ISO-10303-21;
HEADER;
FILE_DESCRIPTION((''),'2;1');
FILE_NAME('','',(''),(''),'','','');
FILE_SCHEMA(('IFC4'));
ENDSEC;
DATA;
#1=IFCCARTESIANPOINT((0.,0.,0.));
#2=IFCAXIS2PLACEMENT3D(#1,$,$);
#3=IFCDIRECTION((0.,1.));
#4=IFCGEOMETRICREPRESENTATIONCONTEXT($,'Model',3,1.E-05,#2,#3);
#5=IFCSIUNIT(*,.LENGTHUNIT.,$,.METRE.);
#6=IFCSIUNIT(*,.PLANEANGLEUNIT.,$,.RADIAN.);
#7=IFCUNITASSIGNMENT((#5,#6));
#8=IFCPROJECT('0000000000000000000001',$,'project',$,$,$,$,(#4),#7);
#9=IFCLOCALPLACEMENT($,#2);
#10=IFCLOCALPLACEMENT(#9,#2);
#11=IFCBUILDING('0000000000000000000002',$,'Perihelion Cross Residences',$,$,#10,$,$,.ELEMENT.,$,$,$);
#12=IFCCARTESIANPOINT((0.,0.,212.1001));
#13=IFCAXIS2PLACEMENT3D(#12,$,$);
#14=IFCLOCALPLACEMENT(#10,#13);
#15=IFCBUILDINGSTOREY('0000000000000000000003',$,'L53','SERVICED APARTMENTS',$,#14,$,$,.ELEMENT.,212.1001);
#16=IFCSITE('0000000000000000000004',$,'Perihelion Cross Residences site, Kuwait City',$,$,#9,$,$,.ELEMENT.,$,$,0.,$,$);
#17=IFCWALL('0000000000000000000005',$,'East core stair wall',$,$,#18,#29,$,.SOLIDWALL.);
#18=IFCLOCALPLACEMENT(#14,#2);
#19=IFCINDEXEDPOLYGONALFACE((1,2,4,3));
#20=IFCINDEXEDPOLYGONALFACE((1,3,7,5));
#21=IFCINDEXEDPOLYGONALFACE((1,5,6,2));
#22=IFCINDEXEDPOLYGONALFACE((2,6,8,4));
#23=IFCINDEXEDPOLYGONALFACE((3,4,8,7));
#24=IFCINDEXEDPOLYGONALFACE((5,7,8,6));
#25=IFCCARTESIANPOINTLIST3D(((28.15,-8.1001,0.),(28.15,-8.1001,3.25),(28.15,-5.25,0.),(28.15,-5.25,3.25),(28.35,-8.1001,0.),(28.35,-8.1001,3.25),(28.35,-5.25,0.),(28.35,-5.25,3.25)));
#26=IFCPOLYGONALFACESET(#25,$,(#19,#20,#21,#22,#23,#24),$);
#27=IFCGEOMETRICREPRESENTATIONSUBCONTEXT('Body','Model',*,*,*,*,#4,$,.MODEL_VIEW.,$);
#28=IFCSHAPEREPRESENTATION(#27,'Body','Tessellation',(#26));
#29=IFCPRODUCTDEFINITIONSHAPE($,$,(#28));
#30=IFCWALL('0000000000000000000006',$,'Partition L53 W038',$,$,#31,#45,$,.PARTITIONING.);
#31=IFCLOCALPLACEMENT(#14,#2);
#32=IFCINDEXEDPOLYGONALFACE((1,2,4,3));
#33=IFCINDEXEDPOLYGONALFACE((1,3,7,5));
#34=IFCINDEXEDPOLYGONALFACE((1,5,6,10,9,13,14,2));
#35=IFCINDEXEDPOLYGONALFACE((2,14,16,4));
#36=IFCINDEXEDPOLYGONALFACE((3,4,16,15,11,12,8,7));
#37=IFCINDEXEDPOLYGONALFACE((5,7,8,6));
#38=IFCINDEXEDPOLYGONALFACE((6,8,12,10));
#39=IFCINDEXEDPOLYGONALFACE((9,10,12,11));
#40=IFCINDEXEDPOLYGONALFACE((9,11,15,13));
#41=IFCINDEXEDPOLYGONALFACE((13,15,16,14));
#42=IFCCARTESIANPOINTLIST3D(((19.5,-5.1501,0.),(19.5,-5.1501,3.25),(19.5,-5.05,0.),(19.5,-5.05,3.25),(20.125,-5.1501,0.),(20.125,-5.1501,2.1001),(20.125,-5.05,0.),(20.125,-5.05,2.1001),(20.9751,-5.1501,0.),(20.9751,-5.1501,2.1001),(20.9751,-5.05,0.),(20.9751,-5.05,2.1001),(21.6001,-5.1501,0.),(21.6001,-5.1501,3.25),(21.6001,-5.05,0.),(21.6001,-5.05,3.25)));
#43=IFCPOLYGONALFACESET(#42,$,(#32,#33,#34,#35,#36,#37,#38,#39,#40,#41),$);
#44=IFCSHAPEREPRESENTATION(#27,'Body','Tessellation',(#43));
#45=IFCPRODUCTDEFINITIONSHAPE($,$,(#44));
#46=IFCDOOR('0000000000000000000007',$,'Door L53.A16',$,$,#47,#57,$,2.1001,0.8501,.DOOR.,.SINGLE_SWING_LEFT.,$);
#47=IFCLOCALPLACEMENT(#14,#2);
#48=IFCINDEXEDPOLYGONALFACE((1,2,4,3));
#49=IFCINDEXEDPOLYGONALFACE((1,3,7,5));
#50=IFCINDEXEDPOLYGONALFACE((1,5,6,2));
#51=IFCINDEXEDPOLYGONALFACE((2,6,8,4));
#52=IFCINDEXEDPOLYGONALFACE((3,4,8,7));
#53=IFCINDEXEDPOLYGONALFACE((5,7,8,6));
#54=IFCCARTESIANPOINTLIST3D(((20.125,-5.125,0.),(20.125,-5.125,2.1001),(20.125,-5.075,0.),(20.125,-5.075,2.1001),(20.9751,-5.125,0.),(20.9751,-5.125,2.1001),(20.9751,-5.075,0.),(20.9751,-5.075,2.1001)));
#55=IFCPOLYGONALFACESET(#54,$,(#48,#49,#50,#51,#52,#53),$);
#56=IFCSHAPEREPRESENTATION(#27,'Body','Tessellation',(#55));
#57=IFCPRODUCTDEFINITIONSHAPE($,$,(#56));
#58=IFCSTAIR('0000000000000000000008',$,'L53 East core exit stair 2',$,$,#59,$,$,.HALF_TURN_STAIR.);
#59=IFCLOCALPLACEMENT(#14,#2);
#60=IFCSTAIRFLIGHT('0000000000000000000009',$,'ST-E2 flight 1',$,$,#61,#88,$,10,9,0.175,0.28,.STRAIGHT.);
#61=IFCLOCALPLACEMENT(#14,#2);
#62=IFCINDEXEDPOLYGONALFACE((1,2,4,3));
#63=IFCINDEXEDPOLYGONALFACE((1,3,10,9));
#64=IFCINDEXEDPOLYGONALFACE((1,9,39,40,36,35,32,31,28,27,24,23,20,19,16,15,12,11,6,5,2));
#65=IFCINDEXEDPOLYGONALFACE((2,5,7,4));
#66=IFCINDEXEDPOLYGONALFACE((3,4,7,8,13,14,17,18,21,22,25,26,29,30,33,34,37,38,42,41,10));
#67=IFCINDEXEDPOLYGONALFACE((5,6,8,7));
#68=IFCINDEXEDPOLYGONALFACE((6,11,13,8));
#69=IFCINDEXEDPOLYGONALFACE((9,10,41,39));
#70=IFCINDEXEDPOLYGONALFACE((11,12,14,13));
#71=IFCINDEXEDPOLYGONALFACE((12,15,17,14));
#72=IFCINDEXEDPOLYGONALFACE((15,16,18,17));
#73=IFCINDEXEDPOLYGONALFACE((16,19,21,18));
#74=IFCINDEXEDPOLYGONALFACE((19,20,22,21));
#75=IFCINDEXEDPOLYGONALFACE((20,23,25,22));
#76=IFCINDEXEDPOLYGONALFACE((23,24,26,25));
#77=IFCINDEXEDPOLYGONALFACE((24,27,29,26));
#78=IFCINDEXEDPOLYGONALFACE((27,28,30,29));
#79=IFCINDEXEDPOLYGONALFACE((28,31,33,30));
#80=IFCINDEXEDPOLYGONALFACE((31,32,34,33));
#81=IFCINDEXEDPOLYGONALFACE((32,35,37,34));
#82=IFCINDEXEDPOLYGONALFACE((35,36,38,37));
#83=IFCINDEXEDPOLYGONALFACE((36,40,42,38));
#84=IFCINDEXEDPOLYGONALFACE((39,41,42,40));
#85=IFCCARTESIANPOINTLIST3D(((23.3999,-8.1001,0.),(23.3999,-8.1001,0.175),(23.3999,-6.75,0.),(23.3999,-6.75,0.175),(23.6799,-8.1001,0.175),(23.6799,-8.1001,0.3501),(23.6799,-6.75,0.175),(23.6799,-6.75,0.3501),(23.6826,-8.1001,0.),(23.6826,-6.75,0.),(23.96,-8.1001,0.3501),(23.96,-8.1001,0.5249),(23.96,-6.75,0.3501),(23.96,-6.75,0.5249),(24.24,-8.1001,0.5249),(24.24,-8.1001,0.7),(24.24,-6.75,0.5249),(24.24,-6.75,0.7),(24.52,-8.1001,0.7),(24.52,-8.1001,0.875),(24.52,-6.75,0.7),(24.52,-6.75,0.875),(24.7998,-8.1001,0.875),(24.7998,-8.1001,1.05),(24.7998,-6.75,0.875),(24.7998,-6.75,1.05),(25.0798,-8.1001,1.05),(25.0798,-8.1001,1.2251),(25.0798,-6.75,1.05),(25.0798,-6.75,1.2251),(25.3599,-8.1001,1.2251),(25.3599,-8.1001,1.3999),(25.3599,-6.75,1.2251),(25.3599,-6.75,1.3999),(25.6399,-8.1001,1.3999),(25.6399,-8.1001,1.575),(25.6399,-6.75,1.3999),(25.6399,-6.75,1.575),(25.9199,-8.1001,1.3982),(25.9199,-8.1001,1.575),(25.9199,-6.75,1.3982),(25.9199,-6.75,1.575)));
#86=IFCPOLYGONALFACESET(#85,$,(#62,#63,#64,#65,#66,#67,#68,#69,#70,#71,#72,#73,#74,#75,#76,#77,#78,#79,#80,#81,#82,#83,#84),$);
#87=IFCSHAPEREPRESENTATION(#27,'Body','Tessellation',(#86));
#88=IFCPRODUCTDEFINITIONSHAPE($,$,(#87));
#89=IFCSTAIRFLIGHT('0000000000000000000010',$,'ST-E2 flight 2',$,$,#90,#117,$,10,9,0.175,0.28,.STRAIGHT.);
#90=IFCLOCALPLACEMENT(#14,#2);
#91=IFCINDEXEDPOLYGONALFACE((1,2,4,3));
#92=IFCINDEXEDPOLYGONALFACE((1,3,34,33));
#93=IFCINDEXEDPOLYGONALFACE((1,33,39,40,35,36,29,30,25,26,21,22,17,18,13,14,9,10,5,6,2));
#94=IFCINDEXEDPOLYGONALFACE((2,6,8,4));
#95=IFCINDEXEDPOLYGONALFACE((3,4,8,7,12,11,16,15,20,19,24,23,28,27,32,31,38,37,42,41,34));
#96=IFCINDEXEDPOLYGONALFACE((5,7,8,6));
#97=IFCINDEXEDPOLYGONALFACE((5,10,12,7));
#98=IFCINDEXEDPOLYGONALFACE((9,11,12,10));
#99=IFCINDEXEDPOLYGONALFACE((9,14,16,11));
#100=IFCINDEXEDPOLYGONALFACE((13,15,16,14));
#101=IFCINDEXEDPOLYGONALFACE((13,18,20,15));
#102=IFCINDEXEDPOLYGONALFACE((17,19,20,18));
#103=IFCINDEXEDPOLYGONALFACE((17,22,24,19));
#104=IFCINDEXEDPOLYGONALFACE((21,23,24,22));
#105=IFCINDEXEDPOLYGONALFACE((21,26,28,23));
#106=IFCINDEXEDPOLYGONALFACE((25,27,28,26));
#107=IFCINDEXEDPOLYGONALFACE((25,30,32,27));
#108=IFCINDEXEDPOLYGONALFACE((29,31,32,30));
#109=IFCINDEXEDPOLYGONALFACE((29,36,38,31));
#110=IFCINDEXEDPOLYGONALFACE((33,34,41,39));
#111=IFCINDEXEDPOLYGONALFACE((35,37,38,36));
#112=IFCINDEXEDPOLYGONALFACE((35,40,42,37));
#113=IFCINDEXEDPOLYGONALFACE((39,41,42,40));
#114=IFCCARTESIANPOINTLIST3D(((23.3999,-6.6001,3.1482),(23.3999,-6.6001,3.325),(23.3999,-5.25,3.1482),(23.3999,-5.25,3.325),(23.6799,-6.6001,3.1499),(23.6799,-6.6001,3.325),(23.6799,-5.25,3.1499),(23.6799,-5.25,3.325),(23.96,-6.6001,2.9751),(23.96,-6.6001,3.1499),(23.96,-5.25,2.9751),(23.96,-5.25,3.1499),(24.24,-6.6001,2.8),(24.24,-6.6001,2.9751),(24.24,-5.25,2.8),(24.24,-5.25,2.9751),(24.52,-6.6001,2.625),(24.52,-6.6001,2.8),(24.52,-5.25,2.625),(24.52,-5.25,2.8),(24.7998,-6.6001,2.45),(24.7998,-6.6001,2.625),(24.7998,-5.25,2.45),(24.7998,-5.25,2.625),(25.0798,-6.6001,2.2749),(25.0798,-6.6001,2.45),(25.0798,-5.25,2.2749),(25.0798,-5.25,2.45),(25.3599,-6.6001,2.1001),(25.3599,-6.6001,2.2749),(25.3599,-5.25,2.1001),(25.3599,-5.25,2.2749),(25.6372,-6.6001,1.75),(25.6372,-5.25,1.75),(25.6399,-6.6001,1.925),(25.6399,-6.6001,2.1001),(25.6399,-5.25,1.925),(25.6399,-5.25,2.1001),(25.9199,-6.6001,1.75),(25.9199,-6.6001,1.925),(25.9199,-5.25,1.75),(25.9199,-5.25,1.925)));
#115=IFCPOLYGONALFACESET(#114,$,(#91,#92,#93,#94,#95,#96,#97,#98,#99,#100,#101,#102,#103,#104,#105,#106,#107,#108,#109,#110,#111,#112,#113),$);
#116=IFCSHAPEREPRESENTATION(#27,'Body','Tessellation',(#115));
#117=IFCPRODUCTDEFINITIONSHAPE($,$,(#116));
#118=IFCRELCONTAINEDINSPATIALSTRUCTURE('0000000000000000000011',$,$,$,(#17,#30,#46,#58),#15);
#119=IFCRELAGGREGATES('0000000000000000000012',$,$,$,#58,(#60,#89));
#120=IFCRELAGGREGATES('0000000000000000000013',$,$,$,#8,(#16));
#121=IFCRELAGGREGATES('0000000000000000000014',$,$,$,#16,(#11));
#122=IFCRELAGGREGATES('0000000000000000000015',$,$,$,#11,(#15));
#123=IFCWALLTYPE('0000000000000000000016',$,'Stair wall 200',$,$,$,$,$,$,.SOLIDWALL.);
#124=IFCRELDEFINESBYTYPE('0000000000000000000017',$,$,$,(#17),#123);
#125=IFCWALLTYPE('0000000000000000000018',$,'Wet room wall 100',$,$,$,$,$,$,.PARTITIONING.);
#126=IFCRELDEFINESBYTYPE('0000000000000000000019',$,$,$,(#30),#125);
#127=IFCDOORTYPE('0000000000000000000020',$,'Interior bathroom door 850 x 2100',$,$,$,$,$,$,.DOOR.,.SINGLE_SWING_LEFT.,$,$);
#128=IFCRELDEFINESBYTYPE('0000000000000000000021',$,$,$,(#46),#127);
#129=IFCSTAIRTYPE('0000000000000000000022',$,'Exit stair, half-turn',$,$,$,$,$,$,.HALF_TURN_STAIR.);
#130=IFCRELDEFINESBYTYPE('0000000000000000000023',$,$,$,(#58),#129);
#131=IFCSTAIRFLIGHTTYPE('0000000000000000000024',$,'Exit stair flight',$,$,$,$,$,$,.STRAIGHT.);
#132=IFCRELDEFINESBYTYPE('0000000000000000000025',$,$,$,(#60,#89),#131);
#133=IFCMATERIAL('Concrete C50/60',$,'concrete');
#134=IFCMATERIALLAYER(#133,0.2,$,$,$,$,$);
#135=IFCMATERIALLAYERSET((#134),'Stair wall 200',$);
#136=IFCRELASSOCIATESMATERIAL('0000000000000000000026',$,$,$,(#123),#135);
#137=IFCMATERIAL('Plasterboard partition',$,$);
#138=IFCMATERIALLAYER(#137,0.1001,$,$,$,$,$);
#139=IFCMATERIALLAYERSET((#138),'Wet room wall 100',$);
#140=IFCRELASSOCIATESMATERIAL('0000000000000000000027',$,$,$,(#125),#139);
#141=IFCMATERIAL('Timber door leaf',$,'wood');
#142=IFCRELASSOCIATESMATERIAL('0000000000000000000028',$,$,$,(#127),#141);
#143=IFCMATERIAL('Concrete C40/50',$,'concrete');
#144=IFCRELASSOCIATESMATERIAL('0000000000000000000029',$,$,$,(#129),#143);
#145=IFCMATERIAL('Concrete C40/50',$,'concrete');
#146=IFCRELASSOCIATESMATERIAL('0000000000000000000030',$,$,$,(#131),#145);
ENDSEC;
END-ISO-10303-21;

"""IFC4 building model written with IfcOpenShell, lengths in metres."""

from ifc_helpers import new_model, si_unit, direction, frame, frame_2d, origin, place, context, subcontext, project, spatial, polyline, rectangle, outline, extrude, material, layer, layer_set, type_object, element, fill, aggregate, save


model = new_model("IFC4")

# Units and contexts
model_context = context("Model", 3, precision=1e-05, world=origin(), true_north=direction((0.0, 1.0)))
body_context = subcontext(model_context, "Body", "Model", "MODEL_VIEW")
ifc_project = project(units=[si_unit("LENGTHUNIT", "METRE"), si_unit("PLANEANGLEUNIT", "RADIAN")], contexts=[model_context])

# Site, building, storey
site_placement = place(None, origin())
site = spatial("IfcSite", under=ifc_project, at=site_placement, Name="Perihelion Cross Residences site, Kuwait City", CompositionType="ELEMENT", RefElevation=0.0)
building_placement = place(site_placement, origin())
building = spatial("IfcBuilding", under=site, at=building_placement, Name="Perihelion Cross Residences", CompositionType="ELEMENT")
storey_placement = place(building_placement, frame((0.0, 0.0, 212.1001)))
storey = spatial("IfcBuildingStorey", under=building, at=storey_placement, Name="L53", Description="SERVICED APARTMENTS", CompositionType="ELEMENT", Elevation=212.1001)

# Shared definitions
ifc_material_1 = material(Name="Concrete C50/60", Category="concrete")
ifc_layer_1 = layer(ifc_material_1, 0.2)
ifc_layer_set_1 = layer_set([ifc_layer_1], Name="Stair wall 200")
wall_type_1 = type_object("IfcWallType", Name="Stair wall 200", PredefinedType="SOLIDWALL", material=ifc_layer_set_1)

# Wall
wall_1_placement = place(storey_placement, frame((28.25, -8.1001, 0.0), z_axis=(0.0, 0.0, 1.0), x_axis=(0.0, 1.0, 0.0)))
element("IfcWall", 1, at=wall_1_placement, inside=storey, type_object=wall_type_1, Name="East core stair wall", PredefinedType="SOLIDWALL", context=body_context, shape_type="SweptSolid", body=[
    extrude(rectangle(XDim=2.8501, YDim=0.2, at=frame_2d((1.425, 0.0))), origin(), (0.0, 0.0, 1.0), 3.25),
])

# Wall, opening, door
ifc_material_2 = material(Name="Plasterboard partition")
ifc_layer_2 = layer(ifc_material_2, 0.1001)
ifc_layer_set_2 = layer_set([ifc_layer_2], Name="Wet room wall 100")
wall_type_2 = type_object("IfcWallType", Name="Wet room wall 100", PredefinedType="PARTITIONING", material=ifc_layer_set_2)
wall_2_placement = place(storey_placement, frame((21.6001, -5.1001, 0.0), z_axis=(0.0, 0.0, 1.0), x_axis=(-1.0, 0.0, 0.0)))
wall_2 = element("IfcWall", 2, at=wall_2_placement, inside=storey, type_object=wall_type_2, Name="Partition L53 W038", PredefinedType="PARTITIONING", context=body_context, shape_type="SweptSolid", body=[
    extrude(rectangle(XDim=2.1001, YDim=0.1001, at=frame_2d((1.05, 0.0))), origin(), (0.0, 0.0, 1.0), 3.25),
])
opening_1_placement = place(wall_2_placement, frame((0.625, 0.0, 0.0)))
opening_1 = element("IfcOpeningElement", 3, at=opening_1_placement, cuts=wall_2, PredefinedType="OPENING", context=body_context, shape_type="SweptSolid", body=[
    extrude(rectangle(XDim=0.8501, YDim=2.1001, at=frame_2d((0.425, 1.05))), frame((0.0, 0.0601, 0.0), z_axis=(0.0, -1.0, 0.0), x_axis=(1.0, 0.0, 0.0)), (0.0, 0.0, 1.0), 0.1201),
])
ifc_material_3 = material(Name="Timber door leaf", Category="wood")
door_type_1 = type_object("IfcDoorType", Name="Interior bathroom door 850 x 2100", OperationType="SINGLE_SWING_LEFT", PredefinedType="DOOR", material=ifc_material_3)
door_1_placement = place(opening_1_placement, origin())
door_1 = element("IfcDoor", 4, at=door_1_placement, inside=storey, type_object=door_type_1, Name="Door L53.A16", OperationType="SINGLE_SWING_LEFT", OverallHeight=2.1001, OverallWidth=0.8501, PredefinedType="DOOR", context=body_context, shape_type="SweptSolid", body=[
    extrude(rectangle(XDim=0.8501, YDim=2.1001, at=frame_2d((0.425, 1.05))), frame((0.0, 0.0249, 0.0), z_axis=(0.0, -1.0, 0.0), x_axis=(1.0, 0.0, 0.0)), (0.0, 0.0, 1.0), 0.05),
])
fill(opening_1, door_1)

# Stair, stair flights
ifc_material_4 = material(Name="Concrete C40/50", Category="concrete")
stair_type = type_object("IfcStairType", Name="Exit stair, half-turn", PredefinedType="HALF_TURN_STAIR", material=ifc_material_4)
stair_placement = place(storey_placement, origin())
stair = element("IfcStair", 5, at=stair_placement, inside=storey, type_object=stair_type, Name="L53 East core exit stair 2", PredefinedType="HALF_TURN_STAIR")
ifc_material_5 = material(Name="Concrete C40/50", Category="concrete")
stair_flight_type = type_object("IfcStairFlightType", Name="Exit stair flight", PredefinedType="STRAIGHT", material=ifc_material_5)
stair_flight_1_placement = place(storey_placement, frame((23.3999, -7.425, 0.0), z_axis=(0.0, 0.0, 1.0), x_axis=(1.0, 0.0, 0.0)))
stair_flight_1 = element("IfcStairFlight", 6, at=stair_flight_1_placement, type_object=stair_flight_type, Name="ST-E2 flight 1", NumberOfRisers=10, NumberOfTreads=9, PredefinedType="STRAIGHT", RiserHeight=0.175, TreadLength=0.28, context=body_context, shape_type="SweptSolid", body=[
    extrude(outline(polyline([(0.0, 0.0), (0.0, 0.175), (0.28, 0.175), (0.28, 0.3501), (0.5601, 0.3501), (0.5601, 0.5249), (0.8401, 0.5249), (0.8401, 0.7), (1.1201, 0.7), (1.1201, 0.875), (1.3999, 0.875), (1.3999, 1.05), (1.6799, 1.05), (1.6799, 1.2251), (1.96, 1.2251), (1.96, 1.3999), (2.24, 1.3999), (2.24, 1.575), (2.52, 1.575), (2.52, 1.75), (2.52, 1.3982), (0.2827, 0.0), (0.0, 0.0)])), frame((0.0, 0.675, 0.0), z_axis=(0.0, -1.0, 0.0), x_axis=(1.0, 0.0, 0.0)), (0.0, 0.0, 1.0), 1.3501),
])
stair_flight_2_placement = place(storey_placement, frame((25.9199, -5.925, 1.75), z_axis=(0.0, 0.0, 1.0), x_axis=(-1.0, 0.0, 0.0)))
stair_flight_2 = element("IfcStairFlight", 7, at=stair_flight_2_placement, type_object=stair_flight_type, Name="ST-E2 flight 2", NumberOfRisers=10, NumberOfTreads=9, PredefinedType="STRAIGHT", RiserHeight=0.175, TreadLength=0.28, context=body_context, shape_type="SweptSolid", body=[
    extrude(outline(polyline([(0.0, 0.0), (0.0, 0.175), (0.28, 0.175), (0.28, 0.3501), (0.5601, 0.3501), (0.5601, 0.5249), (0.8401, 0.5249), (0.8401, 0.7), (1.1201, 0.7), (1.1201, 0.875), (1.3999, 0.875), (1.3999, 1.05), (1.6799, 1.05), (1.6799, 1.2251), (1.96, 1.2251), (1.96, 1.3999), (2.24, 1.3999), (2.24, 1.575), (2.52, 1.575), (2.52, 1.75), (2.52, 1.3982), (0.2827, 0.0), (0.0, 0.0)])), frame((0.0, 0.675, 0.0), z_axis=(0.0, -1.0, 0.0), x_axis=(1.0, 0.0, 0.0)), (0.0, 0.0, 1.0), 1.3501),
])
aggregate(stair, [stair_flight_1, stair_flight_2])

save(model, "model.ifc")
